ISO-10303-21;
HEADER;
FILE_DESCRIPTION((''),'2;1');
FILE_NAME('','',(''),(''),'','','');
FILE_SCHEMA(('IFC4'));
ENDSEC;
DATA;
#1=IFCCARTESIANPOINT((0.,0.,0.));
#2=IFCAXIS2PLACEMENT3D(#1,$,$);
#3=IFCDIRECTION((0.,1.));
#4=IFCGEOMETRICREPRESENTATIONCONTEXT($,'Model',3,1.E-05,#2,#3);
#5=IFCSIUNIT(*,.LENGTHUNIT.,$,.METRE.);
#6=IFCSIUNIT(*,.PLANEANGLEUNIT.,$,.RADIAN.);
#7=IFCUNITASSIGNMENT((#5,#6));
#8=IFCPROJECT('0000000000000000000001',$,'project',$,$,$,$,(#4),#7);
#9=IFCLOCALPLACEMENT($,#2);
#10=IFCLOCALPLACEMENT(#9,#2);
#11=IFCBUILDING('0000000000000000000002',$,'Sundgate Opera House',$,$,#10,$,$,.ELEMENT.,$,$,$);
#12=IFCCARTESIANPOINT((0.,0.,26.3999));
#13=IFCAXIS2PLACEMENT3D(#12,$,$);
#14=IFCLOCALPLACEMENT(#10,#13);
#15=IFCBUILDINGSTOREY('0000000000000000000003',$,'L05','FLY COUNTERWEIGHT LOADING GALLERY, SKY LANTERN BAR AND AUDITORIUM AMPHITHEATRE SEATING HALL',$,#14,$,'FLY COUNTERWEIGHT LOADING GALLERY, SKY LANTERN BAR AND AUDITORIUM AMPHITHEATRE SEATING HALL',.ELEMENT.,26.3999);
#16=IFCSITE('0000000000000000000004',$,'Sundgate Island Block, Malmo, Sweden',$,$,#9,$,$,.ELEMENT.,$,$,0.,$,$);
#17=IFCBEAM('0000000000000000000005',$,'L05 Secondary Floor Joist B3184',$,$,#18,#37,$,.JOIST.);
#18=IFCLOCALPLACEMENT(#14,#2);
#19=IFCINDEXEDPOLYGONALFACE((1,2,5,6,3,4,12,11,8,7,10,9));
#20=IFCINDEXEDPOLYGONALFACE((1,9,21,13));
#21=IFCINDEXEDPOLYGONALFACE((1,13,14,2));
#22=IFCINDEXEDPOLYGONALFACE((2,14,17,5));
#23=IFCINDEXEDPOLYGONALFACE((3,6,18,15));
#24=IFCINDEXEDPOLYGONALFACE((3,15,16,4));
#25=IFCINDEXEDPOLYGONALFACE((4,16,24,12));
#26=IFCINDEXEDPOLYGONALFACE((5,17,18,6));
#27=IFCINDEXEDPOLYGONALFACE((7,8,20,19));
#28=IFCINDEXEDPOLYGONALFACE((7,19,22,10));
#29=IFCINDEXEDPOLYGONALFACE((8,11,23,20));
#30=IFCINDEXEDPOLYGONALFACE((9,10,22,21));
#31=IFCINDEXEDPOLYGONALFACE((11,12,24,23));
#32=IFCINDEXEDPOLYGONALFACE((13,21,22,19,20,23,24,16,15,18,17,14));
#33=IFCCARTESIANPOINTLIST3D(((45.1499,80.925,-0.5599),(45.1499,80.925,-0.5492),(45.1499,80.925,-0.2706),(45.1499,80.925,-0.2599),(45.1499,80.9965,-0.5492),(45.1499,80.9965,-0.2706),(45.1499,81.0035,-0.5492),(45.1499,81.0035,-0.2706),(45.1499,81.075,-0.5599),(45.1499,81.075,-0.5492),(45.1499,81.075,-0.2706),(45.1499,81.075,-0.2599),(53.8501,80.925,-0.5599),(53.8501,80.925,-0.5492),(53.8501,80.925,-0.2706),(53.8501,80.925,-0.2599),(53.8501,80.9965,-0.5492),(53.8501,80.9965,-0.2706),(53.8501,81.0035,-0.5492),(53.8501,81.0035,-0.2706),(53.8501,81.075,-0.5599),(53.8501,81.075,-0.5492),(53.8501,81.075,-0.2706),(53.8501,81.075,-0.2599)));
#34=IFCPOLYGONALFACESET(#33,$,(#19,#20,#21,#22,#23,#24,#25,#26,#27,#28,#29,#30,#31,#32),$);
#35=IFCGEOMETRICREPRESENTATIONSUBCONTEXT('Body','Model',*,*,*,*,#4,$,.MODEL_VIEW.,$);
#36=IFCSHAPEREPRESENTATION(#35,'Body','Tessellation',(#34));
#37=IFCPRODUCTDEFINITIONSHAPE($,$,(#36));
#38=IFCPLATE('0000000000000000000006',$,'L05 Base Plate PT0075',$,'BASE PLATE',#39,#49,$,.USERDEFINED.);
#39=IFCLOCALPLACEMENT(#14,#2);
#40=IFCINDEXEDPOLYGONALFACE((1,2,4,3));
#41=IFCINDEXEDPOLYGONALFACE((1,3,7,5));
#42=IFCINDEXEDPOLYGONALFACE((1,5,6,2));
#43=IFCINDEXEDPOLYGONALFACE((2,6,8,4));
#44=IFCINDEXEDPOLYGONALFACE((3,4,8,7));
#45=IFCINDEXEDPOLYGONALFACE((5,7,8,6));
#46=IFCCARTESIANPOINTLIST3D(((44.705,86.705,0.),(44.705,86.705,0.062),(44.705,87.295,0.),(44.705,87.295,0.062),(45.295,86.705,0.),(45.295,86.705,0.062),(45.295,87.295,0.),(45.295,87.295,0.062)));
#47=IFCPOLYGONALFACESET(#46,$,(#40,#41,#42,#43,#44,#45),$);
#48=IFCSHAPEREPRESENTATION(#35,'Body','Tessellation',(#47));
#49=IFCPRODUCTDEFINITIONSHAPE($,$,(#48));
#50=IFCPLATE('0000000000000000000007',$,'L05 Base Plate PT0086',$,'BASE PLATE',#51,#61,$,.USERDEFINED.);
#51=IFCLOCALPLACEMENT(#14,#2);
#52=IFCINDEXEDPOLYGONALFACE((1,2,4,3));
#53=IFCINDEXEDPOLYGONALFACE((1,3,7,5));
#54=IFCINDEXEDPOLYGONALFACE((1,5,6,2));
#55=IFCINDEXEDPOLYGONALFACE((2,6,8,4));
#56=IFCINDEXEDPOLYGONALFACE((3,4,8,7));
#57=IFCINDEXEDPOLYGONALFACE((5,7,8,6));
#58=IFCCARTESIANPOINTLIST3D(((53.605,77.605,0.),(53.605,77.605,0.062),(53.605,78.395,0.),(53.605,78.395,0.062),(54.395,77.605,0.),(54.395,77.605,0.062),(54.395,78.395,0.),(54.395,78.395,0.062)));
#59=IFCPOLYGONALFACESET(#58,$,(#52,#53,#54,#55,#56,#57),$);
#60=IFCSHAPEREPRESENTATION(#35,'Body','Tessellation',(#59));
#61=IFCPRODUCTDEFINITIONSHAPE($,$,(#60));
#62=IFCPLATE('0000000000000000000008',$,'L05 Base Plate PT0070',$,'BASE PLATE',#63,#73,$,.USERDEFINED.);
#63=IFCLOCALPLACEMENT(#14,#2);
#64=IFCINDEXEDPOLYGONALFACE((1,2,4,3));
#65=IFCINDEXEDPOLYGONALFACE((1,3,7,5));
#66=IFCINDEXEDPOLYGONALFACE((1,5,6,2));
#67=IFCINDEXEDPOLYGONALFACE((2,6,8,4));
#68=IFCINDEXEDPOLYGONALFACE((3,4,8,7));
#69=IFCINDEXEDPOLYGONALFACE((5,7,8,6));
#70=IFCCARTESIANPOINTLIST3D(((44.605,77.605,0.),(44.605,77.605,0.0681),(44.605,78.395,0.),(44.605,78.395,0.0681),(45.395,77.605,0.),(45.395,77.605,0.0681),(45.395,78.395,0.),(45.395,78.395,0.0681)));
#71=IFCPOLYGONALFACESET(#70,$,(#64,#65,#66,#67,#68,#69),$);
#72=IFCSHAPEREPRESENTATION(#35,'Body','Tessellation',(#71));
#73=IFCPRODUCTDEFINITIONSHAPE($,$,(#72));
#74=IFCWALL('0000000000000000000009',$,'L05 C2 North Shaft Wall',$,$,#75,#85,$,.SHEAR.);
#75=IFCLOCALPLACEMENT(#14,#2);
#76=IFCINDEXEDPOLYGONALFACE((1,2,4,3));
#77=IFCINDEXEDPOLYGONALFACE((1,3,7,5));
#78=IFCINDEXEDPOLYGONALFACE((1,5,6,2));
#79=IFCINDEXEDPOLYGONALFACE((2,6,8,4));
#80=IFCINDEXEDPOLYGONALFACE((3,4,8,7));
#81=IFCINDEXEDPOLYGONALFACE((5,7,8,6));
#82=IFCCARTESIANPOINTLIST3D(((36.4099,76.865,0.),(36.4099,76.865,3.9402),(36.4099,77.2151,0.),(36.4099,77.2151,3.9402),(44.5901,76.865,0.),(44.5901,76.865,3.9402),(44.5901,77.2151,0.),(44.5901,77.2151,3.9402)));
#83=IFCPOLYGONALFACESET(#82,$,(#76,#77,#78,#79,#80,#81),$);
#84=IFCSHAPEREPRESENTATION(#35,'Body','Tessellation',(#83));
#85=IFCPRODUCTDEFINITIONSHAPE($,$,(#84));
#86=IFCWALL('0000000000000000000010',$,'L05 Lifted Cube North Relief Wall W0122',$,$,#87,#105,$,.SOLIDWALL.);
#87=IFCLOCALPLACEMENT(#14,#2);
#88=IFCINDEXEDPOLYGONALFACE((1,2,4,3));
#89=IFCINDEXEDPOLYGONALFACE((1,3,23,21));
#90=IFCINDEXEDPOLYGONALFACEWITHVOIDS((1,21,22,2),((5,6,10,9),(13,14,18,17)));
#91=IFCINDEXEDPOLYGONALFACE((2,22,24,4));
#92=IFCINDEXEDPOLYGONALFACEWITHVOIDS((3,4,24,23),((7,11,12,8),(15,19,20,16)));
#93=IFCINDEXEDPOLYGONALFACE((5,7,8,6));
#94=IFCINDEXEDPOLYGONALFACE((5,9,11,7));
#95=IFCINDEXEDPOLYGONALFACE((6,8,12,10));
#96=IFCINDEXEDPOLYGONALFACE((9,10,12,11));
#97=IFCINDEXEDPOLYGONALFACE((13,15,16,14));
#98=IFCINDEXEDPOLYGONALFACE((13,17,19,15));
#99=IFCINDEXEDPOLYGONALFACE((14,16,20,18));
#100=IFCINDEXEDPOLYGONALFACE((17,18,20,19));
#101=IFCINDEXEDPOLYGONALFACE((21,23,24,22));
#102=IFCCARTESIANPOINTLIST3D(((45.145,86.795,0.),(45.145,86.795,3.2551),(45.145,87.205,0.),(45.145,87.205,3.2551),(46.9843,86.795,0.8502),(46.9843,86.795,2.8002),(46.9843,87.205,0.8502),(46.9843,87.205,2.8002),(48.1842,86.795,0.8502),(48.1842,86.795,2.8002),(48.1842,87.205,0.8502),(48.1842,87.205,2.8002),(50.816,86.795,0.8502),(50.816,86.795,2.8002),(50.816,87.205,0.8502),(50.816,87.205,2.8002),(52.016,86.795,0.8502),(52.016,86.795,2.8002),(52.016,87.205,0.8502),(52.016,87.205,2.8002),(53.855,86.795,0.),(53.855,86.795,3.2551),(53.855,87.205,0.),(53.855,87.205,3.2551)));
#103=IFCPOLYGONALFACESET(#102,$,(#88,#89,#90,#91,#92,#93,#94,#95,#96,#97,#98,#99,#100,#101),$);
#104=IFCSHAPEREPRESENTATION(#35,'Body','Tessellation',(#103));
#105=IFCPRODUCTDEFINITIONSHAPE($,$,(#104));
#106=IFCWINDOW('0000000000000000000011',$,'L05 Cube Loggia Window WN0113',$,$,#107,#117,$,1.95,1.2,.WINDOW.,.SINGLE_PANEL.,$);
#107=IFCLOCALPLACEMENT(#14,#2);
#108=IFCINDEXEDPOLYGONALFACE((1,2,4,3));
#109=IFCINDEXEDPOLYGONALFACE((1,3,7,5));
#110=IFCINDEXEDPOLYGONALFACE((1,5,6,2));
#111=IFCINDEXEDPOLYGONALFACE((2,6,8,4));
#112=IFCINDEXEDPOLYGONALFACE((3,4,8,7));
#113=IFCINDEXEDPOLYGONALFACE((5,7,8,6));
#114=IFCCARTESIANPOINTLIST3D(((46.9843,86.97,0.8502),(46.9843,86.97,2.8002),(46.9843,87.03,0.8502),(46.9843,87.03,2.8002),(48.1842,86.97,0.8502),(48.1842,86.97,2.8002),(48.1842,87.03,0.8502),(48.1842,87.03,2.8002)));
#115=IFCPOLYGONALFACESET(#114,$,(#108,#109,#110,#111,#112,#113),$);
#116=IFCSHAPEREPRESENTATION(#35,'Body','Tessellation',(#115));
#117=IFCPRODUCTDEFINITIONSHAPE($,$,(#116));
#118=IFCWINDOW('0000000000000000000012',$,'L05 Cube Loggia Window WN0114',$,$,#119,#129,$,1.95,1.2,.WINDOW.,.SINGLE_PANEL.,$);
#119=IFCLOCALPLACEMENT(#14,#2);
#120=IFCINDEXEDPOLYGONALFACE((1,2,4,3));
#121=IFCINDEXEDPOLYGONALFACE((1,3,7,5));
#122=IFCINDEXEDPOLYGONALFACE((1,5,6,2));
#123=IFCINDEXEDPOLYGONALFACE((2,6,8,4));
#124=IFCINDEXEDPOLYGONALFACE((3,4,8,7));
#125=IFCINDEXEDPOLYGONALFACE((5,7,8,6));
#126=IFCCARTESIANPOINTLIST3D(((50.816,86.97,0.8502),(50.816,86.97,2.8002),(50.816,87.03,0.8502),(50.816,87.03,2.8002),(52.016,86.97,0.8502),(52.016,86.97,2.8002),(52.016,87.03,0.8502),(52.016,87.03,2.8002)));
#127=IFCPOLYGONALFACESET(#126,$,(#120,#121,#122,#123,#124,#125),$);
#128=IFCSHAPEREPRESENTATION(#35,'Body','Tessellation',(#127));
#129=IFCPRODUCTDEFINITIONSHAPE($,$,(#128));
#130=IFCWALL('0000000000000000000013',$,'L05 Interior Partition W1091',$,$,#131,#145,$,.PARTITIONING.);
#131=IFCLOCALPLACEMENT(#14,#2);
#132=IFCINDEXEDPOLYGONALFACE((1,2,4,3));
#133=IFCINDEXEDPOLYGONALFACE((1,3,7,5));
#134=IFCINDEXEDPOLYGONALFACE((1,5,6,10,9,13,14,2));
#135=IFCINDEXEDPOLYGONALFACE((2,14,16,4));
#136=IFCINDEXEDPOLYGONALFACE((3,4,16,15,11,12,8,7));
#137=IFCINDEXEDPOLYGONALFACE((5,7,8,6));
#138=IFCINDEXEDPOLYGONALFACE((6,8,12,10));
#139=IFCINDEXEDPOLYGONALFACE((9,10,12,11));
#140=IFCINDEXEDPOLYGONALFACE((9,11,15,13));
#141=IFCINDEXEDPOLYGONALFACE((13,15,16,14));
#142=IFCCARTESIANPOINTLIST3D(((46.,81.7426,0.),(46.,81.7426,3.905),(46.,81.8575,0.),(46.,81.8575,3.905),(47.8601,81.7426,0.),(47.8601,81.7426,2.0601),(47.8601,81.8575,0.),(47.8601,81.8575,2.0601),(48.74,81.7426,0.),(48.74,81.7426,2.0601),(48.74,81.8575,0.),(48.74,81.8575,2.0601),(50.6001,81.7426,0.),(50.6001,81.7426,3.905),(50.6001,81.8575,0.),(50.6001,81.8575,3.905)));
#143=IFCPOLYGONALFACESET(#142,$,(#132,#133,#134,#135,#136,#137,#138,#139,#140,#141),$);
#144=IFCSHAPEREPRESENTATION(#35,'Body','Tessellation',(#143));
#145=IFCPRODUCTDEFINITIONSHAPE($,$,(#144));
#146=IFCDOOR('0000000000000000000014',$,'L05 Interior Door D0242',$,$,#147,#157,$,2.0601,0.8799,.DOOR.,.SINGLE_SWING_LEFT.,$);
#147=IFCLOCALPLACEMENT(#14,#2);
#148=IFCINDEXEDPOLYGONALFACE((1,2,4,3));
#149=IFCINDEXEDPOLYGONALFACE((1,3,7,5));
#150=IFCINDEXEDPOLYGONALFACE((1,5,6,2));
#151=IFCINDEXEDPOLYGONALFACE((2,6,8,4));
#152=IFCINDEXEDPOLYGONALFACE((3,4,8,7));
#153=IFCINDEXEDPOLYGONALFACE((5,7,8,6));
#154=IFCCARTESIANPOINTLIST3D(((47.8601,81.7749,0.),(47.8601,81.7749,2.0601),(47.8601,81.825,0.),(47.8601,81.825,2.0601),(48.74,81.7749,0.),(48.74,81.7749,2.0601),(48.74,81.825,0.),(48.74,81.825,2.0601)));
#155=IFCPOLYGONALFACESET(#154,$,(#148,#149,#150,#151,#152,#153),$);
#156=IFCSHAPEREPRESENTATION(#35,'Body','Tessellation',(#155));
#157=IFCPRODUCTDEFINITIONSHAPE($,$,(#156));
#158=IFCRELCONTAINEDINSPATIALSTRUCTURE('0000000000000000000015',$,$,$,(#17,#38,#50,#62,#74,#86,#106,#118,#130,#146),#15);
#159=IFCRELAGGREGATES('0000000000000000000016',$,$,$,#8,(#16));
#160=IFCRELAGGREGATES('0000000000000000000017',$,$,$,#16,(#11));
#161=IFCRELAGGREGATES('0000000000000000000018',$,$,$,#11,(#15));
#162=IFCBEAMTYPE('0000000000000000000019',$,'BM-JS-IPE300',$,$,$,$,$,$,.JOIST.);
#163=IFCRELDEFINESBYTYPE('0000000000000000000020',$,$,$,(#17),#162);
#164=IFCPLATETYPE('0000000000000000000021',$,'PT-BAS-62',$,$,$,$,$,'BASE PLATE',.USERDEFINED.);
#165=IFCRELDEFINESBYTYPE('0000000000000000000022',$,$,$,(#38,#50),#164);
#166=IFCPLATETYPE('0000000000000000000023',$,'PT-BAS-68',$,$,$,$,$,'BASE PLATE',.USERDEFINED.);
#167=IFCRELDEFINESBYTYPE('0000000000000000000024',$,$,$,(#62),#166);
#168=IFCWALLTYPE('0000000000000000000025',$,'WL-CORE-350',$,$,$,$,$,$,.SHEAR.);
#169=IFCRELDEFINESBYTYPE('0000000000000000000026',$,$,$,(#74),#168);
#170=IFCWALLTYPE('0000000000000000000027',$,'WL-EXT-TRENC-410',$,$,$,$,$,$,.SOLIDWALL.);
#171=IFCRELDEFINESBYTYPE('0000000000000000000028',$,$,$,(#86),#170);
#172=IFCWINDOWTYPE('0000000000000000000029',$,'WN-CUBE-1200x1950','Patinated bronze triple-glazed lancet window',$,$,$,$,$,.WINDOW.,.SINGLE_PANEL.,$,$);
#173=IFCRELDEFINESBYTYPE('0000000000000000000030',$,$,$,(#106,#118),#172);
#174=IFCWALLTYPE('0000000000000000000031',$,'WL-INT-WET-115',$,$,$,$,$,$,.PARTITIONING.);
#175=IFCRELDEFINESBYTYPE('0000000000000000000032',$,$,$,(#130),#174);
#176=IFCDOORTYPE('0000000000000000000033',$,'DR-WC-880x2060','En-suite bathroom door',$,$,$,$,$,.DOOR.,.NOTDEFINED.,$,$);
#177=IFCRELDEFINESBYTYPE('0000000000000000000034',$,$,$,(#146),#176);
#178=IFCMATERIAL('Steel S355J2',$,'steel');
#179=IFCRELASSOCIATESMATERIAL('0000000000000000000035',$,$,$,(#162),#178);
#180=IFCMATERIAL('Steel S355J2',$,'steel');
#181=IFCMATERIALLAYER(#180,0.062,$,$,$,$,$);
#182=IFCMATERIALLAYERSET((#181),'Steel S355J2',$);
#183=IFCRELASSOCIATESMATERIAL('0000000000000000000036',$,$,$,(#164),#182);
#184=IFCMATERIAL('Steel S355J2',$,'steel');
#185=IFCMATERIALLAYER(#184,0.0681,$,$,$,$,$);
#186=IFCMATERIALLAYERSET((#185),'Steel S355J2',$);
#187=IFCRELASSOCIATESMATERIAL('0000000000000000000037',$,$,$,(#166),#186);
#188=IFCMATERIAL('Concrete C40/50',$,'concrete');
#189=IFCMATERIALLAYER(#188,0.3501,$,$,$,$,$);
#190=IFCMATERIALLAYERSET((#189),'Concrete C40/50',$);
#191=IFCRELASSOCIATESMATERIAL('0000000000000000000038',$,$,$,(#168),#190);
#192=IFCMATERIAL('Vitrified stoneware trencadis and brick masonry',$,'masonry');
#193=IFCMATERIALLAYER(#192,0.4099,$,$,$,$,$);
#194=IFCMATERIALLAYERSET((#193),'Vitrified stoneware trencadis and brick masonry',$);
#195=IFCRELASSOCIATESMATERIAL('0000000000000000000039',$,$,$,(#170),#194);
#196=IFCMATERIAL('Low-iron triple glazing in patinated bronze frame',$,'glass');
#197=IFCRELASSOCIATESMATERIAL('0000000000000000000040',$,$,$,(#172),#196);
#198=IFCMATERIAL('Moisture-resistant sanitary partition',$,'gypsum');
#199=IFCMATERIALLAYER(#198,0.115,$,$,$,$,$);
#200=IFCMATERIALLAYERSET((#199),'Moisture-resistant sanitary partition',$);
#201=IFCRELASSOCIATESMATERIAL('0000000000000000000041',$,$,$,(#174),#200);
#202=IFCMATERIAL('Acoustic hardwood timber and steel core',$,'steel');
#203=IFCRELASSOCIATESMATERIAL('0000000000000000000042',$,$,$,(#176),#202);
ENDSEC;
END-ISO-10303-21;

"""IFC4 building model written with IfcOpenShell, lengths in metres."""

from ifc_helpers import new_model, si_unit, direction, frame, frame_2d, origin, origin_2d, place, context, subcontext, project, spatial, rectangle, i_section, extrude, material, layer, layer_set, material_profile, profile_set, type_object, element, fill, save


model = new_model("IFC4")

# Units and contexts
model_context = context("Model", 3, precision=1e-05, world=origin(), true_north=direction((0.0, 1.0)))
body_context = subcontext(model_context, "Body", "Model", "MODEL_VIEW")
ifc_project = project(units=[si_unit("LENGTHUNIT", "METRE"), si_unit("PLANEANGLEUNIT", "RADIAN")], contexts=[model_context])

# Site, building, storey
site_placement = place(None, origin())
site = spatial("IfcSite", under=ifc_project, at=site_placement, Name="Sundgate Island Block, Malmo, Sweden", CompositionType="ELEMENT", RefElevation=0.0)
building_placement = place(site_placement, origin())
building = spatial("IfcBuilding", under=site, at=building_placement, Name="Sundgate Opera House", CompositionType="ELEMENT")
storey_placement = place(building_placement, frame((0.0, 0.0, 26.3999)))
storey = spatial("IfcBuildingStorey", under=building, at=storey_placement, Name="L05", Description="FLY COUNTERWEIGHT LOADING GALLERY, SKY LANTERN BAR AND AUDITORIUM AMPHITHEATRE SEATING HALL", LongName="FLY COUNTERWEIGHT LOADING GALLERY, SKY LANTERN BAR AND AUDITORIUM AMPHITHEATRE SEATING HALL", CompositionType="ELEMENT", Elevation=26.3999)

# Beam
ifc_material_1 = material(Name="Steel S355J2", Category="steel")
ifc_material_profile_1 = material_profile(ifc_material_1, i_section(OverallWidth=0.1499, OverallDepth=0.3, WebThickness=0.0071, FlangeThickness=0.0107, at=origin_2d()), Name="IPE 300")
ifc_profile_set_1 = profile_set([ifc_material_profile_1], Name="Steel S355J2")
beam_type_1 = type_object("IfcBeamType", Name="BM-JS-IPE300", PredefinedType="JOIST", material=ifc_profile_set_1)
beam_1_placement = place(storey_placement, frame((45.1499, 81.0, -0.4099), z_axis=(1.0, 0.0, 0.0), x_axis=(0.0, 1.0, 0.0)))
element("IfcBeam", 1, at=beam_1_placement, inside=storey, type_object=beam_type_1, Name="L05 Secondary Floor Joist B3184", PredefinedType="JOIST", context=body_context, shape_type="SweptSolid", body=[
    extrude(i_section(OverallWidth=0.1499, OverallDepth=0.3, WebThickness=0.0071, FlangeThickness=0.0107, at=origin_2d()), origin(), (0.0, 0.0, 1.0), 8.7002),
])

# Plates
ifc_material_2 = material(Name="Steel S355J2", Category="steel")
ifc_layer_1 = layer(ifc_material_2, 0.062)
ifc_layer_set_1 = layer_set([ifc_layer_1], Name="Steel S355J2")
plate_type_1 = type_object("IfcPlateType", Name="PT-BAS-62", ElementType="BASE PLATE", PredefinedType="USERDEFINED", material=ifc_layer_set_1)
plate_1_placement = place(storey_placement, frame((45.0, 87.0, 0.0), z_axis=(0.0, 0.0, 1.0), x_axis=(1.0, 0.0, 0.0)))
element("IfcPlate", 2, at=plate_1_placement, inside=storey, type_object=plate_type_1, Name="L05 Base Plate PT0075", ObjectType="BASE PLATE", PredefinedType="USERDEFINED", context=body_context, shape_type="SweptSolid", body=[
    extrude(rectangle(XDim=0.5901, YDim=0.5901, at=origin_2d()), origin(), (0.0, 0.0, 1.0), 0.062),
])
plate_2_placement = place(storey_placement, frame((54.0, 78.0, 0.0), z_axis=(0.0, 0.0, 1.0), x_axis=(1.0, 0.0, 0.0)))
element("IfcPlate", 3, at=plate_2_placement, inside=storey, type_object=plate_type_1, Name="L05 Base Plate PT0086", ObjectType="BASE PLATE", PredefinedType="USERDEFINED", context=body_context, shape_type="SweptSolid", body=[
    extrude(rectangle(XDim=0.79, YDim=0.79, at=origin_2d()), origin(), (0.0, 0.0, 1.0), 0.062),
])
ifc_material_3 = material(Name="Steel S355J2", Category="steel")
ifc_layer_2 = layer(ifc_material_3, 0.0681)
ifc_layer_set_2 = layer_set([ifc_layer_2], Name="Steel S355J2")
plate_type_2 = type_object("IfcPlateType", Name="PT-BAS-68", ElementType="BASE PLATE", PredefinedType="USERDEFINED", material=ifc_layer_set_2)
plate_3_placement = place(storey_placement, frame((45.0, 78.0, 0.0), z_axis=(0.0, 0.0, 1.0), x_axis=(1.0, 0.0, 0.0)))
element("IfcPlate", 4, at=plate_3_placement, inside=storey, type_object=plate_type_2, Name="L05 Base Plate PT0070", ObjectType="BASE PLATE", PredefinedType="USERDEFINED", context=body_context, shape_type="SweptSolid", body=[
    extrude(rectangle(XDim=0.79, YDim=0.79, at=origin_2d()), origin(), (0.0, 0.0, 1.0), 0.0681),
])

# Wall
ifc_material_4 = material(Name="Concrete C40/50", Category="concrete")
ifc_layer_3 = layer(ifc_material_4, 0.3501)
ifc_layer_set_3 = layer_set([ifc_layer_3], Name="Concrete C40/50")
wall_type_1 = type_object("IfcWallType", Name="WL-CORE-350", PredefinedType="SHEAR", material=ifc_layer_set_3)
wall_1_placement = place(storey_placement, frame((36.4099, 77.04, 0.0), z_axis=(0.0, 0.0, 1.0), x_axis=(1.0, 0.0, 0.0)))
element("IfcWall", 5, at=wall_1_placement, inside=storey, type_object=wall_type_1, Name="L05 C2 North Shaft Wall", PredefinedType="SHEAR", context=body_context, shape_type="SweptSolid", body=[
    extrude(rectangle(XDim=8.1802, YDim=0.3501, at=frame_2d((4.0901, 0.0))), origin(), (0.0, 0.0, 1.0), 3.9402),
])

# Wall, openings, windows
ifc_material_5 = material(Name="Vitrified stoneware trencadis and brick masonry", Category="masonry")
ifc_layer_4 = layer(ifc_material_5, 0.4099)
ifc_layer_set_4 = layer_set([ifc_layer_4], Name="Vitrified stoneware trencadis and brick masonry")
wall_type_2 = type_object("IfcWallType", Name="WL-EXT-TRENC-410", PredefinedType="SOLIDWALL", material=ifc_layer_set_4)
wall_2_placement = place(storey_placement, frame((45.145, 87.0, 0.0), z_axis=(0.0, 0.0, 1.0), x_axis=(1.0, 0.0, 0.0)))
wall_2 = element("IfcWall", 6, at=wall_2_placement, inside=storey, type_object=wall_type_2, Name="L05 Lifted Cube North Relief Wall W0122", PredefinedType="SOLIDWALL", context=body_context, shape_type="SweptSolid", body=[
    extrude(rectangle(XDim=8.71, YDim=0.4099, at=frame_2d((4.355, 0.0))), origin(), (0.0, 0.0, 1.0), 3.2551),
])
opening_1_placement = place(wall_2_placement, frame((1.8391, 0.0, 0.8501)))
opening_1 = element("IfcOpeningElement", 7, at=opening_1_placement, cuts=wall_2, PredefinedType="OPENING", context=body_context, shape_type="SweptSolid", body=[
    extrude(rectangle(XDim=1.2, YDim=1.95, at=frame_2d((0.6001, 0.9751))), frame((0.0, 0.2148, 0.0), z_axis=(0.0, -1.0, 0.0), x_axis=(1.0, 0.0, 0.0)), (0.0, 0.0, 1.0), 0.4299),
])
opening_2_placement = place(wall_2_placement, frame((5.6709, 0.0, 0.8501)))
opening_2 = element("IfcOpeningElement", 8, at=opening_2_placement, cuts=wall_2, PredefinedType="OPENING", context=body_context, shape_type="SweptSolid", body=[
    extrude(rectangle(XDim=1.2, YDim=1.95, at=frame_2d((0.6001, 0.9751))), frame((0.0, 0.2148, 0.0), z_axis=(0.0, -1.0, 0.0), x_axis=(1.0, 0.0, 0.0)), (0.0, 0.0, 1.0), 0.4299),
])
ifc_material_6 = material(Name="Low-iron triple glazing in patinated bronze frame", Category="glass")
window_type = type_object("IfcWindowType", Name="WN-CUBE-1200x1950", Description="Patinated bronze triple-glazed lancet window", PartitioningType="SINGLE_PANEL", PredefinedType="WINDOW", material=ifc_material_6)
window_1_placement = place(opening_1_placement, origin())
window_1 = element("IfcWindow", 9, at=window_1_placement, inside=storey, type_object=window_type, Name="L05 Cube Loggia Window WN0113", OverallHeight=1.95, OverallWidth=1.2, PartitioningType="SINGLE_PANEL", PredefinedType="WINDOW", context=body_context, shape_type="SweptSolid", body=[
    extrude(rectangle(XDim=1.2, YDim=1.95, at=frame_2d((0.6001, 0.9751))), frame((0.0, 0.03, 0.0), z_axis=(0.0, -1.0, 0.0), x_axis=(1.0, 0.0, 0.0)), (0.0, 0.0, 1.0), 0.0601),
])
fill(opening_1, window_1)
window_2_placement = place(opening_2_placement, origin())
window_2 = element("IfcWindow", 10, at=window_2_placement, inside=storey, type_object=window_type, Name="L05 Cube Loggia Window WN0114", OverallHeight=1.95, OverallWidth=1.2, PartitioningType="SINGLE_PANEL", PredefinedType="WINDOW", context=body_context, shape_type="SweptSolid", body=[
    extrude(rectangle(XDim=1.2, YDim=1.95, at=frame_2d((0.6001, 0.9751))), frame((0.0, 0.03, 0.0), z_axis=(0.0, -1.0, 0.0), x_axis=(1.0, 0.0, 0.0)), (0.0, 0.0, 1.0), 0.0601),
])
fill(opening_2, window_2)

# Wall, opening, door
ifc_material_7 = material(Name="Moisture-resistant sanitary partition", Category="gypsum")
ifc_layer_5 = layer(ifc_material_7, 0.115)
ifc_layer_set_5 = layer_set([ifc_layer_5], Name="Moisture-resistant sanitary partition")
wall_type_3 = type_object("IfcWallType", Name="WL-INT-WET-115", PredefinedType="PARTITIONING", material=ifc_layer_set_5)
wall_3_placement = place(storey_placement, frame((46.0, 81.8, 0.0), z_axis=(0.0, 0.0, 1.0), x_axis=(1.0, 0.0, 0.0)))
wall_3 = element("IfcWall", 11, at=wall_3_placement, inside=storey, type_object=wall_type_3, Name="L05 Interior Partition W1091", PredefinedType="PARTITIONING", context=body_context, shape_type="SweptSolid", body=[
    extrude(rectangle(XDim=4.6001, YDim=0.115, at=frame_2d((2.3, 0.0))), origin(), (0.0, 0.0, 1.0), 3.905),
])
opening_3_placement = place(wall_3_placement, frame((1.8601, 0.0, 0.0)))
opening_3 = element("IfcOpeningElement", 12, at=opening_3_placement, cuts=wall_3, PredefinedType="OPENING", context=body_context, shape_type="SweptSolid", body=[
    extrude(rectangle(XDim=0.8799, YDim=2.0601, at=frame_2d((0.4399, 1.03))), frame((0.0, 0.0674, 0.0), z_axis=(0.0, -1.0, 0.0), x_axis=(1.0, 0.0, 0.0)), (0.0, 0.0, 1.0), 0.135),
])
ifc_material_8 = material(Name="Acoustic hardwood timber and steel core", Category="steel")
door_type_1 = type_object("IfcDoorType", Name="DR-WC-880x2060", Description="En-suite bathroom door", OperationType="NOTDEFINED", PredefinedType="DOOR", material=ifc_material_8)
door_1_placement = place(opening_3_placement, origin())
door_1 = element("IfcDoor", 13, at=door_1_placement, inside=storey, type_object=door_type_1, Name="L05 Interior Door D0242", OperationType="SINGLE_SWING_LEFT", OverallHeight=2.0601, OverallWidth=0.8799, PredefinedType="DOOR", context=body_context, shape_type="SweptSolid", body=[
    extrude(rectangle(XDim=0.8799, YDim=2.0601, at=frame_2d((0.4399, 1.03))), frame((0.0, 0.0249, 0.0), z_axis=(0.0, -1.0, 0.0), x_axis=(1.0, 0.0, 0.0)), (0.0, 0.0, 1.0), 0.05),
])
fill(opening_3, door_1)

save(model, "model.ifc")
